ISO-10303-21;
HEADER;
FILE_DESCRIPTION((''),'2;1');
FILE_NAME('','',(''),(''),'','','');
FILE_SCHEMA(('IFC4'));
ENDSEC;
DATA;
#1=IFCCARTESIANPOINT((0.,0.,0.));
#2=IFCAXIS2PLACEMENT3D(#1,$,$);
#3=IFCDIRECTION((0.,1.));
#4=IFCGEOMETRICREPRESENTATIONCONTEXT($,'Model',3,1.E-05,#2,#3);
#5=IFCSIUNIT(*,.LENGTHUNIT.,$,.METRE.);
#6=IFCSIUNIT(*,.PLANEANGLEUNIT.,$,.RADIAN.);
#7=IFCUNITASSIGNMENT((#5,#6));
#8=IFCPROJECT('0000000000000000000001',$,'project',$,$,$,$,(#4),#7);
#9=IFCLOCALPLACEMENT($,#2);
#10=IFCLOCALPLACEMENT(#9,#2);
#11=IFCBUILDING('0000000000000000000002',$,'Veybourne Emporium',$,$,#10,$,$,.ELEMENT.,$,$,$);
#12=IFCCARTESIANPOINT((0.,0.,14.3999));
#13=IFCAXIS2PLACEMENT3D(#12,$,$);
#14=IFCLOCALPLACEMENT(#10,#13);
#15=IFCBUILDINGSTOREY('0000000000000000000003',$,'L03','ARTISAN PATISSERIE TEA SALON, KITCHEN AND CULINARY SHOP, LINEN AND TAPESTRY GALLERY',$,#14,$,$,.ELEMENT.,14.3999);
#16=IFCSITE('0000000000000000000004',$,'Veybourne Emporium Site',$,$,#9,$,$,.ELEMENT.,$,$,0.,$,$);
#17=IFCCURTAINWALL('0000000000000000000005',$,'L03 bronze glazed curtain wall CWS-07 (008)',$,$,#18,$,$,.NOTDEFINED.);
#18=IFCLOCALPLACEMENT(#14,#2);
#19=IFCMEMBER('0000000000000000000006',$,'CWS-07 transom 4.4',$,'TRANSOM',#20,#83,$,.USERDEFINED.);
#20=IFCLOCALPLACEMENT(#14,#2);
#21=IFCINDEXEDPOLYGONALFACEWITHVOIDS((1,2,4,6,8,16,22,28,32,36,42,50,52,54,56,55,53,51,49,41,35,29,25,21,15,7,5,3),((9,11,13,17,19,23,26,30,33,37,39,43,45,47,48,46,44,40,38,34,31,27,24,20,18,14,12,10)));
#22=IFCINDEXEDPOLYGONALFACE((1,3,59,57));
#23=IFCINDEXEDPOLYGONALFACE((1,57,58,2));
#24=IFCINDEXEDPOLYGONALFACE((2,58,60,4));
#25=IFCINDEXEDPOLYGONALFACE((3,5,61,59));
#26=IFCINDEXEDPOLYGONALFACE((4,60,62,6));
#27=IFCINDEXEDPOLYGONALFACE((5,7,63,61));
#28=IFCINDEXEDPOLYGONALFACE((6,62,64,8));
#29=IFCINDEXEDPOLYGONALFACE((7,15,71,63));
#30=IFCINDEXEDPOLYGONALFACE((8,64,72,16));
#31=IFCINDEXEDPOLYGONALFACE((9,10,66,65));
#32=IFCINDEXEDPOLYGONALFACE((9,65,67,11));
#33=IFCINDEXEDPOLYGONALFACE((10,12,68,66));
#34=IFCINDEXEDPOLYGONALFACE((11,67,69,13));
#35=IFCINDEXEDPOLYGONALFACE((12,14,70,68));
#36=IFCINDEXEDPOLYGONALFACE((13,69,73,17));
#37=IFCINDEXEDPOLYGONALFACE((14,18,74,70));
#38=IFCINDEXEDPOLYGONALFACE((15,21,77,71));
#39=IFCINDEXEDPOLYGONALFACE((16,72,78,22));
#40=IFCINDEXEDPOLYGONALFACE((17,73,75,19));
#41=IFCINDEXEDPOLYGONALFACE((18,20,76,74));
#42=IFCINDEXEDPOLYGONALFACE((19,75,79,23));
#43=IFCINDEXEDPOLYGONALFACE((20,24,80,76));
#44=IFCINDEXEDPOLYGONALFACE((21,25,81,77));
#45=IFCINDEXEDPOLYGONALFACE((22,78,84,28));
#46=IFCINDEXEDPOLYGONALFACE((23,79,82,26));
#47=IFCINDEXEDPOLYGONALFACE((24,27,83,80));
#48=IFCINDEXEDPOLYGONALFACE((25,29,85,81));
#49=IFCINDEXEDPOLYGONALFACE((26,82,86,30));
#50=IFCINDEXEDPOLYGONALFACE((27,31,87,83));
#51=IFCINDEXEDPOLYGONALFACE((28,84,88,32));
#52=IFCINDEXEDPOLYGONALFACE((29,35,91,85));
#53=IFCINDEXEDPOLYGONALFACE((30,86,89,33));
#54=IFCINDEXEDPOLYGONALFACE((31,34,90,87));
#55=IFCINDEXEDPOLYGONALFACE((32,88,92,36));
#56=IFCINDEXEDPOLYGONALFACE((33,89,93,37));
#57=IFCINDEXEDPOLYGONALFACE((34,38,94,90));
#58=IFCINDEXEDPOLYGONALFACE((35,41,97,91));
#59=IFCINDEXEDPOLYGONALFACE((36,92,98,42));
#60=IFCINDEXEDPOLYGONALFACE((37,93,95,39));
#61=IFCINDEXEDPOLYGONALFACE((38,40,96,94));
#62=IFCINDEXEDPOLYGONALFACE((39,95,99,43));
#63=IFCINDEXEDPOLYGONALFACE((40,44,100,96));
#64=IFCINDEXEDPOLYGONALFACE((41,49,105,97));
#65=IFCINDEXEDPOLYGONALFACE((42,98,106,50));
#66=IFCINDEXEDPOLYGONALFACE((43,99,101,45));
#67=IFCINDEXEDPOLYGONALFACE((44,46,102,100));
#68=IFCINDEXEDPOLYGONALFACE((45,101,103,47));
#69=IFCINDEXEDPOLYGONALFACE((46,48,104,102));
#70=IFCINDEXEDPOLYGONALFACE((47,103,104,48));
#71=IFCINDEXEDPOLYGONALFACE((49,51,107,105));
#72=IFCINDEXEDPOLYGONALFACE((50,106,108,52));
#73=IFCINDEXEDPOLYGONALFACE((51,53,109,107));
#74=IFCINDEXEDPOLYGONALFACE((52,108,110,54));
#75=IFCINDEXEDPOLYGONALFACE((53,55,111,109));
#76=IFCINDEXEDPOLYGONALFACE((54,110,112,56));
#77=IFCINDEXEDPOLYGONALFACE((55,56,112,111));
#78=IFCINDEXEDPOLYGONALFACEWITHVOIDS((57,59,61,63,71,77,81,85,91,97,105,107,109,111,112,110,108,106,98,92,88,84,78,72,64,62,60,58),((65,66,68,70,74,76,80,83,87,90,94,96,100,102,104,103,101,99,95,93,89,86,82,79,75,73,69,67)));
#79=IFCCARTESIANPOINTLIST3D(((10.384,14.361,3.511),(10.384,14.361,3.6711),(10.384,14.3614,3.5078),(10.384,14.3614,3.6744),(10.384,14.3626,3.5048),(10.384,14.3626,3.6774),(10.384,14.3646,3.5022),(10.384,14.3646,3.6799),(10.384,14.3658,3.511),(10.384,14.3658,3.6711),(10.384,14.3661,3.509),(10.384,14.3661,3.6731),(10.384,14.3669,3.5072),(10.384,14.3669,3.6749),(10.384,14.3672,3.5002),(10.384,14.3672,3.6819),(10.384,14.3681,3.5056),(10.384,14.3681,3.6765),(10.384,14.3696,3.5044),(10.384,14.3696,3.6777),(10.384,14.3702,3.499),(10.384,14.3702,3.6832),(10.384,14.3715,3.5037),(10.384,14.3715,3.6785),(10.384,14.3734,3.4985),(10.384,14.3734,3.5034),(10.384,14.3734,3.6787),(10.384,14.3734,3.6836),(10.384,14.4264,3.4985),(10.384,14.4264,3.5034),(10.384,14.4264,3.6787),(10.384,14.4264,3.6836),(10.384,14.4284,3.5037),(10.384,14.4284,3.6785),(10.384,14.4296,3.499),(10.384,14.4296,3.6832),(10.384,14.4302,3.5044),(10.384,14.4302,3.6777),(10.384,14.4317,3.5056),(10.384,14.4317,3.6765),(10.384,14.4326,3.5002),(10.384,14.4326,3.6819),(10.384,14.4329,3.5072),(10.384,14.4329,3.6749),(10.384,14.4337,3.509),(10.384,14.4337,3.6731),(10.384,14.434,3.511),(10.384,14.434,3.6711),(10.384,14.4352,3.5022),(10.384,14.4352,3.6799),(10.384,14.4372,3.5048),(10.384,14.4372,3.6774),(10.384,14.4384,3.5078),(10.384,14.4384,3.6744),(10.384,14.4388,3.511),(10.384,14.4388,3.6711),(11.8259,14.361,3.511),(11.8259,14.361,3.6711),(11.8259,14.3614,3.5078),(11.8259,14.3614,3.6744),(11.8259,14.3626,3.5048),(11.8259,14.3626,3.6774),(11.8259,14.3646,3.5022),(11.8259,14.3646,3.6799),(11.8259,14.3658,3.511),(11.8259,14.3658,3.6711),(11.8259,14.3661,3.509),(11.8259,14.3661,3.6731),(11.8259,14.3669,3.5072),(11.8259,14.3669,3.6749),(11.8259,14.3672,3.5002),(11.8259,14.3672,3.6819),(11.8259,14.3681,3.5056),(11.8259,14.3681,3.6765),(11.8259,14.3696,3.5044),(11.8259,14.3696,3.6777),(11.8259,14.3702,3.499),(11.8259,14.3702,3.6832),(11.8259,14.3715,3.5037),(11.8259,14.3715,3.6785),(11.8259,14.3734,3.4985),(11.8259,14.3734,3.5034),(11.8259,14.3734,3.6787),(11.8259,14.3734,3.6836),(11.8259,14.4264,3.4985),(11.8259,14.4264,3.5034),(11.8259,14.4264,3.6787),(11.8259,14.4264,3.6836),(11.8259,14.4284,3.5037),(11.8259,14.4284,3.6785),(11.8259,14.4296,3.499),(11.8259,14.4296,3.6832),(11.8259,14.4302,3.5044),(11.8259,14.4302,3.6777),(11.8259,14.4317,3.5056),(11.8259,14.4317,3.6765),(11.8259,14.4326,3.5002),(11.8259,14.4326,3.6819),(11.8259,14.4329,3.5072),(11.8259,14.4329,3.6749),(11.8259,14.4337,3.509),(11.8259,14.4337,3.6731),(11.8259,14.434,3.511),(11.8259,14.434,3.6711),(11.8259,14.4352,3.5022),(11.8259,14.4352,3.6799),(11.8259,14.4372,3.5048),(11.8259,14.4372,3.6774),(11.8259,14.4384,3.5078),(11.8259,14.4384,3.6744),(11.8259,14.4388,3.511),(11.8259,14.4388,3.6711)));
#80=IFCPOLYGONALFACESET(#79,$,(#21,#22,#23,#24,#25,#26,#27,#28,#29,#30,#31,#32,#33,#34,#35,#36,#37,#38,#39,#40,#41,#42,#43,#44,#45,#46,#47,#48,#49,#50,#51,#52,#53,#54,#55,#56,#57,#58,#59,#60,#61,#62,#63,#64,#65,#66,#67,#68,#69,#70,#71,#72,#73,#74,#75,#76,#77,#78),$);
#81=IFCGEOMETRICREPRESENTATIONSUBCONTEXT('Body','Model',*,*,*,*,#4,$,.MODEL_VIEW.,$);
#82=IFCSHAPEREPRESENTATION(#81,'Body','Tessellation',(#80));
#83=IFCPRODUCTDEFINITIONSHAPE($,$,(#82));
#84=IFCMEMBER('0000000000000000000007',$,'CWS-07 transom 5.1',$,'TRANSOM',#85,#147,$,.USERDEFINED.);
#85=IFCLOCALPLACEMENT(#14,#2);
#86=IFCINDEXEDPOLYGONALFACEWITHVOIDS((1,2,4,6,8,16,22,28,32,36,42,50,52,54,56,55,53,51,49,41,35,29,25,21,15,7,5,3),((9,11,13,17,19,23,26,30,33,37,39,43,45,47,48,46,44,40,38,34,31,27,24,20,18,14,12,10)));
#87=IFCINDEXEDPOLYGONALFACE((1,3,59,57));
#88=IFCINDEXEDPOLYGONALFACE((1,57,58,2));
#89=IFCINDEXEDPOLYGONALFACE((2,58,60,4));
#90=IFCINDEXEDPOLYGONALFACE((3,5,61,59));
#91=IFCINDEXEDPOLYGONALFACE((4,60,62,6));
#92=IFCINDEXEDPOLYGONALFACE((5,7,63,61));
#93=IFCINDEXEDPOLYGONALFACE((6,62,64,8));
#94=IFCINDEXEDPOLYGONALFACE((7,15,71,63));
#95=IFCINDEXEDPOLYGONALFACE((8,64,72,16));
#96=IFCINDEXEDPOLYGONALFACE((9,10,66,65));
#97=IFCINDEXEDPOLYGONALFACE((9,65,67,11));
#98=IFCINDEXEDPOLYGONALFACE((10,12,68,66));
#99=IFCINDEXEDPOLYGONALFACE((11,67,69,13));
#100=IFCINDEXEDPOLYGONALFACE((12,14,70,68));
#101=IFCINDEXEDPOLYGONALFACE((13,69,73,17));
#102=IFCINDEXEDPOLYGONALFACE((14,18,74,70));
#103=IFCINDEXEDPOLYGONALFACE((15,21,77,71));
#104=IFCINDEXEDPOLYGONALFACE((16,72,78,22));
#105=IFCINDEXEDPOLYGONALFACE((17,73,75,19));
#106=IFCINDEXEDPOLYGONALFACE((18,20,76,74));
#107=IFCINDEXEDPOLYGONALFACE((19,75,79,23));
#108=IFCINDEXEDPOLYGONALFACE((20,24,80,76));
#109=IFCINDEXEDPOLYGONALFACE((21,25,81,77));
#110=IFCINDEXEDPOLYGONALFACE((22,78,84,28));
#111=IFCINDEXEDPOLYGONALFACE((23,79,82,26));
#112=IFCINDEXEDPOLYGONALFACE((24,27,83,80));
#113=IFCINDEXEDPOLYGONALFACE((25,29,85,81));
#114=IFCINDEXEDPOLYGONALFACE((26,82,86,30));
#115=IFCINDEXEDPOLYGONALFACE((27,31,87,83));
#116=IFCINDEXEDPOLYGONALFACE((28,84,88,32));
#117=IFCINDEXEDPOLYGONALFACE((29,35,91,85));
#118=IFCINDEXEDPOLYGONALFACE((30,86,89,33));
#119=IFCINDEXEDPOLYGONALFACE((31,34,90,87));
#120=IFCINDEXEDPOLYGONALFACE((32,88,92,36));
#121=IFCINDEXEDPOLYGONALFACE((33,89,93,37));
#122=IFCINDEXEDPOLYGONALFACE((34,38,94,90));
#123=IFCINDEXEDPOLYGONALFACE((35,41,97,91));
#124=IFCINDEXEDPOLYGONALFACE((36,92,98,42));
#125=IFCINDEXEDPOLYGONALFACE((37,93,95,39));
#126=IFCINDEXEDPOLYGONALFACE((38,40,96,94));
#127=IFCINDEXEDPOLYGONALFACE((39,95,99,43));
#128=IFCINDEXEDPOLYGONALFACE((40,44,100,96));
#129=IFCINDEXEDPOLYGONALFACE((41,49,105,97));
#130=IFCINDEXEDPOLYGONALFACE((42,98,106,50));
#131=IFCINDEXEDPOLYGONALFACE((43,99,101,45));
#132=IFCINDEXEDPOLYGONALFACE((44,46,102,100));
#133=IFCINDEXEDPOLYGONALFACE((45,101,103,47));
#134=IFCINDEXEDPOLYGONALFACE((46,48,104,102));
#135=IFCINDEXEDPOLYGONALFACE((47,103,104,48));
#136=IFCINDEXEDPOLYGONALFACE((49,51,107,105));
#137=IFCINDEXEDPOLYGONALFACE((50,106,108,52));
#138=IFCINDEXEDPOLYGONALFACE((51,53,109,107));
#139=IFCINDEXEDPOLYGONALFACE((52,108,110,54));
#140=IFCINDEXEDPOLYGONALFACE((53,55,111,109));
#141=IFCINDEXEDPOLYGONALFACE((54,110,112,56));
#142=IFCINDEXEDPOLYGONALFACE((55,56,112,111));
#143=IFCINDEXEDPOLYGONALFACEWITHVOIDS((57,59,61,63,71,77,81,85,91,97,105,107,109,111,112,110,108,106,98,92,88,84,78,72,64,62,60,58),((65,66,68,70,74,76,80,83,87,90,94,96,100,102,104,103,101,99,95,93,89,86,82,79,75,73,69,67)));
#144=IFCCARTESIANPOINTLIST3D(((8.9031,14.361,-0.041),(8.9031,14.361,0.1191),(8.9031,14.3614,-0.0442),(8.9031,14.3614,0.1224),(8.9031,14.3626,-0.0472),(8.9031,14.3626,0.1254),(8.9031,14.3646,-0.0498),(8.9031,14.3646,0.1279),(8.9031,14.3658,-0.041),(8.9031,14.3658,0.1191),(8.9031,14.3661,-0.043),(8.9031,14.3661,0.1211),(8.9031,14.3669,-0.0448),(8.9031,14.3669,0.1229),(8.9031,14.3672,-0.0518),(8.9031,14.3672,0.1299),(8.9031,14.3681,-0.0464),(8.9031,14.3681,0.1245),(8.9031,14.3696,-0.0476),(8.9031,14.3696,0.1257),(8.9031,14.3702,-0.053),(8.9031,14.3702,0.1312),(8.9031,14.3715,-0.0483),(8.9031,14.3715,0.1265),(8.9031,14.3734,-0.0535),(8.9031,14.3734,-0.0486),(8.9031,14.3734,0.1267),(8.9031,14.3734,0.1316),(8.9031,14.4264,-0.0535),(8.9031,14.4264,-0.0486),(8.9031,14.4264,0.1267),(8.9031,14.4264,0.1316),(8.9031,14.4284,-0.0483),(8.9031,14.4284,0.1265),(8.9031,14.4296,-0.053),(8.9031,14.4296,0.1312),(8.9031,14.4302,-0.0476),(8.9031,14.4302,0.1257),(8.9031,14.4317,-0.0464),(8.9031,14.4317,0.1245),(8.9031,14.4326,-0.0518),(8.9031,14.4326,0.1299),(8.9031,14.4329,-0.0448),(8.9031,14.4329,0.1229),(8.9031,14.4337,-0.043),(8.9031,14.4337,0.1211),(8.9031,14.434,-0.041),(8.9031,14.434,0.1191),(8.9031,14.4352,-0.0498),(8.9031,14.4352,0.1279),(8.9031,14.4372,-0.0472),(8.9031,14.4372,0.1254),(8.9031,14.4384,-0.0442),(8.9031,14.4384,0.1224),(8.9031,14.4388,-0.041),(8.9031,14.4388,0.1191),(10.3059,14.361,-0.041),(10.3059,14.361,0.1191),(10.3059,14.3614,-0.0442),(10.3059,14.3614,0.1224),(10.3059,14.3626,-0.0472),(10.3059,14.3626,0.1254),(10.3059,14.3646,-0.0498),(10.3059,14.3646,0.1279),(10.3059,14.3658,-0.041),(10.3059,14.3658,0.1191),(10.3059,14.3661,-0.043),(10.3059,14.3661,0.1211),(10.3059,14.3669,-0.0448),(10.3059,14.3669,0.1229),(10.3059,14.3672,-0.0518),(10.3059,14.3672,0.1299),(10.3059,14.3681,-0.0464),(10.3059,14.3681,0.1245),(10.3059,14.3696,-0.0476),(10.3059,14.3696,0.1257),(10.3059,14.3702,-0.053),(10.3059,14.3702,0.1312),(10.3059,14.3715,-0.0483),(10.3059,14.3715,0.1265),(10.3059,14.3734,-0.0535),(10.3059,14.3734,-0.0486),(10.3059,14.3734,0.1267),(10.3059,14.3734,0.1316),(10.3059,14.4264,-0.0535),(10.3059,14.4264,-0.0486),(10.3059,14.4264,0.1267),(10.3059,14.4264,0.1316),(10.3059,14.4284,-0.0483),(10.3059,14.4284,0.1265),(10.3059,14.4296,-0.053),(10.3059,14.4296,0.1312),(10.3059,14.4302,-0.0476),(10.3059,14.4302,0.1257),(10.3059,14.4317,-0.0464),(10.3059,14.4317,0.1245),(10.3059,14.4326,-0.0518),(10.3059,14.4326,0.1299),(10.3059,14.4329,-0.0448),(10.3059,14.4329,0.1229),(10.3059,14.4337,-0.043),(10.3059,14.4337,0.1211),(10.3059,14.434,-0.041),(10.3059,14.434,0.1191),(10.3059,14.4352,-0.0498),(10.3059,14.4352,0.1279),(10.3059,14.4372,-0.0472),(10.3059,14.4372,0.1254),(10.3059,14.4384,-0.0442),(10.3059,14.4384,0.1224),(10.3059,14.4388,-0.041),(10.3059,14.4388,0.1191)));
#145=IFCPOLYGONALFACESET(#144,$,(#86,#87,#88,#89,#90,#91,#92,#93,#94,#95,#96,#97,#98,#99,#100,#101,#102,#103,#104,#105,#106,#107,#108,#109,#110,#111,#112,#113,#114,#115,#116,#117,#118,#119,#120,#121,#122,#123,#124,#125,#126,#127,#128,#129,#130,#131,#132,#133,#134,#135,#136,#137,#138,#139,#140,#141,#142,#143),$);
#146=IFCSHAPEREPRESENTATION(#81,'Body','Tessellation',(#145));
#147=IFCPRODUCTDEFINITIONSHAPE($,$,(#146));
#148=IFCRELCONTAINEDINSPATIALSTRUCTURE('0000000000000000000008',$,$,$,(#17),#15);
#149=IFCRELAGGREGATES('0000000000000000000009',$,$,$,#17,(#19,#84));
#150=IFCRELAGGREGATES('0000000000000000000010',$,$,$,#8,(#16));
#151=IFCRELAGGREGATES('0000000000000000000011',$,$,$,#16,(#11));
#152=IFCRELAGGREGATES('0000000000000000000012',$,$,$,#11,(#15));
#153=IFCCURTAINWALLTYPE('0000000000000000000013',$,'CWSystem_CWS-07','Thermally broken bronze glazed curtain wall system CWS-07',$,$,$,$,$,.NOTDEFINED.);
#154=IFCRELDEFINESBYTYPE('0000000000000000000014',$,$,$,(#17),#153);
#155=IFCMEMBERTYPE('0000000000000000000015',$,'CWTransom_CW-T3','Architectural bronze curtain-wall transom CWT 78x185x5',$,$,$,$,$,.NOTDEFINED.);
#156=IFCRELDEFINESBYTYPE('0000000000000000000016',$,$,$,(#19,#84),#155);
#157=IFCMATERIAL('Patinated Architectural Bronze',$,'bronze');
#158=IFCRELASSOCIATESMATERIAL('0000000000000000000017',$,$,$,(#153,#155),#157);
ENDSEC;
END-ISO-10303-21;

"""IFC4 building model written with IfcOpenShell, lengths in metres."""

from ifc_helpers import new_model, si_unit, direction, frame, origin, origin_2d, place, context, subcontext, project, spatial, hollow_rectangle, extrude, material, material_profile, profile_set, type_object, element, aggregate, save


model = new_model("IFC4")

# Units and contexts
model_context = context("Model", 3, precision=1e-05, world=origin(), true_north=direction((0.0, 1.0)))
body_context = subcontext(model_context, "Body", "Model", "MODEL_VIEW")
ifc_project = project(units=[si_unit("LENGTHUNIT", "METRE"), si_unit("PLANEANGLEUNIT", "RADIAN")], contexts=[model_context])

# Site, building, storey
site_placement = place(None, origin())
site = spatial("IfcSite", under=ifc_project, at=site_placement, Name="Veybourne Emporium Site", CompositionType="ELEMENT", RefElevation=0.0)
building_placement = place(site_placement, origin())
building = spatial("IfcBuilding", under=site, at=building_placement, Name="Veybourne Emporium", CompositionType="ELEMENT")
storey_placement = place(building_placement, frame((0.0, 0.0, 14.3999)))
storey = spatial("IfcBuildingStorey", under=building, at=storey_placement, Name="L03", Description="ARTISAN PATISSERIE TEA SALON, KITCHEN AND CULINARY SHOP, LINEN AND TAPESTRY GALLERY", CompositionType="ELEMENT", Elevation=14.3999)

# Shared definitions
ifc_material_1 = material(Name="Patinated Architectural Bronze", Category="bronze")

# Curtain wall, members
curtain_wall_type_1 = type_object("IfcCurtainWallType", Name="CWSystem_CWS-07", Description="Thermally broken bronze glazed curtain wall system CWS-07", PredefinedType="NOTDEFINED", material=ifc_material_1)
curtain_wall_1_placement = place(storey_placement, origin())
curtain_wall_1 = element("IfcCurtainWall", 1, at=curtain_wall_1_placement, inside=storey, type_object=curtain_wall_type_1, Name="L03 bronze glazed curtain wall CWS-07 (008)", PredefinedType="NOTDEFINED")
ifc_material_profile_1 = material_profile(ifc_material_1, hollow_rectangle(XDim=0.0779, YDim=0.1851, WallThickness=0.0049, InnerFilletRadius=0.0076, OuterFilletRadius=0.0125, at=origin_2d()), Name="CWT 78x185x5")
ifc_profile_set_1 = profile_set([ifc_material_profile_1], Name="Patinated Architectural Bronze")
member_type_1 = type_object("IfcMemberType", Name="CWTransom_CW-T3", Description="Architectural bronze curtain-wall transom CWT 78x185x5", PredefinedType="NOTDEFINED", material=ifc_profile_set_1)
member_1_placement = place(storey_placement, frame((11.8259, 14.3999, 3.5911), z_axis=(-1.0, 0.0, 0.0), x_axis=(0.0, -1.0, 0.0)))
member_1 = element("IfcMember", 2, at=member_1_placement, type_object=member_type_1, Name="CWS-07 transom 4.4", ObjectType="TRANSOM", PredefinedType="USERDEFINED", context=body_context, shape_type="SweptSolid", body=[
    extrude(hollow_rectangle(XDim=0.0779, YDim=0.1851, WallThickness=0.0049, InnerFilletRadius=0.0076, OuterFilletRadius=0.0125, at=origin_2d()), origin(), (0.0, 0.0, 1.0), 1.4419),
])
member_2_placement = place(storey_placement, frame((10.3059, 14.3999, 0.0391), z_axis=(-1.0, 0.0, 0.0), x_axis=(0.0, -1.0, 0.0)))
member_2 = element("IfcMember", 3, at=member_2_placement, type_object=member_type_1, Name="CWS-07 transom 5.1", ObjectType="TRANSOM", PredefinedType="USERDEFINED", context=body_context, shape_type="SweptSolid", body=[
    extrude(hollow_rectangle(XDim=0.0779, YDim=0.1851, WallThickness=0.0049, InnerFilletRadius=0.0076, OuterFilletRadius=0.0125, at=origin_2d()), origin(), (0.0, 0.0, 1.0), 1.4028),
])

aggregate(curtain_wall_1, [member_1, member_2])

save(model, "model.ifc")
